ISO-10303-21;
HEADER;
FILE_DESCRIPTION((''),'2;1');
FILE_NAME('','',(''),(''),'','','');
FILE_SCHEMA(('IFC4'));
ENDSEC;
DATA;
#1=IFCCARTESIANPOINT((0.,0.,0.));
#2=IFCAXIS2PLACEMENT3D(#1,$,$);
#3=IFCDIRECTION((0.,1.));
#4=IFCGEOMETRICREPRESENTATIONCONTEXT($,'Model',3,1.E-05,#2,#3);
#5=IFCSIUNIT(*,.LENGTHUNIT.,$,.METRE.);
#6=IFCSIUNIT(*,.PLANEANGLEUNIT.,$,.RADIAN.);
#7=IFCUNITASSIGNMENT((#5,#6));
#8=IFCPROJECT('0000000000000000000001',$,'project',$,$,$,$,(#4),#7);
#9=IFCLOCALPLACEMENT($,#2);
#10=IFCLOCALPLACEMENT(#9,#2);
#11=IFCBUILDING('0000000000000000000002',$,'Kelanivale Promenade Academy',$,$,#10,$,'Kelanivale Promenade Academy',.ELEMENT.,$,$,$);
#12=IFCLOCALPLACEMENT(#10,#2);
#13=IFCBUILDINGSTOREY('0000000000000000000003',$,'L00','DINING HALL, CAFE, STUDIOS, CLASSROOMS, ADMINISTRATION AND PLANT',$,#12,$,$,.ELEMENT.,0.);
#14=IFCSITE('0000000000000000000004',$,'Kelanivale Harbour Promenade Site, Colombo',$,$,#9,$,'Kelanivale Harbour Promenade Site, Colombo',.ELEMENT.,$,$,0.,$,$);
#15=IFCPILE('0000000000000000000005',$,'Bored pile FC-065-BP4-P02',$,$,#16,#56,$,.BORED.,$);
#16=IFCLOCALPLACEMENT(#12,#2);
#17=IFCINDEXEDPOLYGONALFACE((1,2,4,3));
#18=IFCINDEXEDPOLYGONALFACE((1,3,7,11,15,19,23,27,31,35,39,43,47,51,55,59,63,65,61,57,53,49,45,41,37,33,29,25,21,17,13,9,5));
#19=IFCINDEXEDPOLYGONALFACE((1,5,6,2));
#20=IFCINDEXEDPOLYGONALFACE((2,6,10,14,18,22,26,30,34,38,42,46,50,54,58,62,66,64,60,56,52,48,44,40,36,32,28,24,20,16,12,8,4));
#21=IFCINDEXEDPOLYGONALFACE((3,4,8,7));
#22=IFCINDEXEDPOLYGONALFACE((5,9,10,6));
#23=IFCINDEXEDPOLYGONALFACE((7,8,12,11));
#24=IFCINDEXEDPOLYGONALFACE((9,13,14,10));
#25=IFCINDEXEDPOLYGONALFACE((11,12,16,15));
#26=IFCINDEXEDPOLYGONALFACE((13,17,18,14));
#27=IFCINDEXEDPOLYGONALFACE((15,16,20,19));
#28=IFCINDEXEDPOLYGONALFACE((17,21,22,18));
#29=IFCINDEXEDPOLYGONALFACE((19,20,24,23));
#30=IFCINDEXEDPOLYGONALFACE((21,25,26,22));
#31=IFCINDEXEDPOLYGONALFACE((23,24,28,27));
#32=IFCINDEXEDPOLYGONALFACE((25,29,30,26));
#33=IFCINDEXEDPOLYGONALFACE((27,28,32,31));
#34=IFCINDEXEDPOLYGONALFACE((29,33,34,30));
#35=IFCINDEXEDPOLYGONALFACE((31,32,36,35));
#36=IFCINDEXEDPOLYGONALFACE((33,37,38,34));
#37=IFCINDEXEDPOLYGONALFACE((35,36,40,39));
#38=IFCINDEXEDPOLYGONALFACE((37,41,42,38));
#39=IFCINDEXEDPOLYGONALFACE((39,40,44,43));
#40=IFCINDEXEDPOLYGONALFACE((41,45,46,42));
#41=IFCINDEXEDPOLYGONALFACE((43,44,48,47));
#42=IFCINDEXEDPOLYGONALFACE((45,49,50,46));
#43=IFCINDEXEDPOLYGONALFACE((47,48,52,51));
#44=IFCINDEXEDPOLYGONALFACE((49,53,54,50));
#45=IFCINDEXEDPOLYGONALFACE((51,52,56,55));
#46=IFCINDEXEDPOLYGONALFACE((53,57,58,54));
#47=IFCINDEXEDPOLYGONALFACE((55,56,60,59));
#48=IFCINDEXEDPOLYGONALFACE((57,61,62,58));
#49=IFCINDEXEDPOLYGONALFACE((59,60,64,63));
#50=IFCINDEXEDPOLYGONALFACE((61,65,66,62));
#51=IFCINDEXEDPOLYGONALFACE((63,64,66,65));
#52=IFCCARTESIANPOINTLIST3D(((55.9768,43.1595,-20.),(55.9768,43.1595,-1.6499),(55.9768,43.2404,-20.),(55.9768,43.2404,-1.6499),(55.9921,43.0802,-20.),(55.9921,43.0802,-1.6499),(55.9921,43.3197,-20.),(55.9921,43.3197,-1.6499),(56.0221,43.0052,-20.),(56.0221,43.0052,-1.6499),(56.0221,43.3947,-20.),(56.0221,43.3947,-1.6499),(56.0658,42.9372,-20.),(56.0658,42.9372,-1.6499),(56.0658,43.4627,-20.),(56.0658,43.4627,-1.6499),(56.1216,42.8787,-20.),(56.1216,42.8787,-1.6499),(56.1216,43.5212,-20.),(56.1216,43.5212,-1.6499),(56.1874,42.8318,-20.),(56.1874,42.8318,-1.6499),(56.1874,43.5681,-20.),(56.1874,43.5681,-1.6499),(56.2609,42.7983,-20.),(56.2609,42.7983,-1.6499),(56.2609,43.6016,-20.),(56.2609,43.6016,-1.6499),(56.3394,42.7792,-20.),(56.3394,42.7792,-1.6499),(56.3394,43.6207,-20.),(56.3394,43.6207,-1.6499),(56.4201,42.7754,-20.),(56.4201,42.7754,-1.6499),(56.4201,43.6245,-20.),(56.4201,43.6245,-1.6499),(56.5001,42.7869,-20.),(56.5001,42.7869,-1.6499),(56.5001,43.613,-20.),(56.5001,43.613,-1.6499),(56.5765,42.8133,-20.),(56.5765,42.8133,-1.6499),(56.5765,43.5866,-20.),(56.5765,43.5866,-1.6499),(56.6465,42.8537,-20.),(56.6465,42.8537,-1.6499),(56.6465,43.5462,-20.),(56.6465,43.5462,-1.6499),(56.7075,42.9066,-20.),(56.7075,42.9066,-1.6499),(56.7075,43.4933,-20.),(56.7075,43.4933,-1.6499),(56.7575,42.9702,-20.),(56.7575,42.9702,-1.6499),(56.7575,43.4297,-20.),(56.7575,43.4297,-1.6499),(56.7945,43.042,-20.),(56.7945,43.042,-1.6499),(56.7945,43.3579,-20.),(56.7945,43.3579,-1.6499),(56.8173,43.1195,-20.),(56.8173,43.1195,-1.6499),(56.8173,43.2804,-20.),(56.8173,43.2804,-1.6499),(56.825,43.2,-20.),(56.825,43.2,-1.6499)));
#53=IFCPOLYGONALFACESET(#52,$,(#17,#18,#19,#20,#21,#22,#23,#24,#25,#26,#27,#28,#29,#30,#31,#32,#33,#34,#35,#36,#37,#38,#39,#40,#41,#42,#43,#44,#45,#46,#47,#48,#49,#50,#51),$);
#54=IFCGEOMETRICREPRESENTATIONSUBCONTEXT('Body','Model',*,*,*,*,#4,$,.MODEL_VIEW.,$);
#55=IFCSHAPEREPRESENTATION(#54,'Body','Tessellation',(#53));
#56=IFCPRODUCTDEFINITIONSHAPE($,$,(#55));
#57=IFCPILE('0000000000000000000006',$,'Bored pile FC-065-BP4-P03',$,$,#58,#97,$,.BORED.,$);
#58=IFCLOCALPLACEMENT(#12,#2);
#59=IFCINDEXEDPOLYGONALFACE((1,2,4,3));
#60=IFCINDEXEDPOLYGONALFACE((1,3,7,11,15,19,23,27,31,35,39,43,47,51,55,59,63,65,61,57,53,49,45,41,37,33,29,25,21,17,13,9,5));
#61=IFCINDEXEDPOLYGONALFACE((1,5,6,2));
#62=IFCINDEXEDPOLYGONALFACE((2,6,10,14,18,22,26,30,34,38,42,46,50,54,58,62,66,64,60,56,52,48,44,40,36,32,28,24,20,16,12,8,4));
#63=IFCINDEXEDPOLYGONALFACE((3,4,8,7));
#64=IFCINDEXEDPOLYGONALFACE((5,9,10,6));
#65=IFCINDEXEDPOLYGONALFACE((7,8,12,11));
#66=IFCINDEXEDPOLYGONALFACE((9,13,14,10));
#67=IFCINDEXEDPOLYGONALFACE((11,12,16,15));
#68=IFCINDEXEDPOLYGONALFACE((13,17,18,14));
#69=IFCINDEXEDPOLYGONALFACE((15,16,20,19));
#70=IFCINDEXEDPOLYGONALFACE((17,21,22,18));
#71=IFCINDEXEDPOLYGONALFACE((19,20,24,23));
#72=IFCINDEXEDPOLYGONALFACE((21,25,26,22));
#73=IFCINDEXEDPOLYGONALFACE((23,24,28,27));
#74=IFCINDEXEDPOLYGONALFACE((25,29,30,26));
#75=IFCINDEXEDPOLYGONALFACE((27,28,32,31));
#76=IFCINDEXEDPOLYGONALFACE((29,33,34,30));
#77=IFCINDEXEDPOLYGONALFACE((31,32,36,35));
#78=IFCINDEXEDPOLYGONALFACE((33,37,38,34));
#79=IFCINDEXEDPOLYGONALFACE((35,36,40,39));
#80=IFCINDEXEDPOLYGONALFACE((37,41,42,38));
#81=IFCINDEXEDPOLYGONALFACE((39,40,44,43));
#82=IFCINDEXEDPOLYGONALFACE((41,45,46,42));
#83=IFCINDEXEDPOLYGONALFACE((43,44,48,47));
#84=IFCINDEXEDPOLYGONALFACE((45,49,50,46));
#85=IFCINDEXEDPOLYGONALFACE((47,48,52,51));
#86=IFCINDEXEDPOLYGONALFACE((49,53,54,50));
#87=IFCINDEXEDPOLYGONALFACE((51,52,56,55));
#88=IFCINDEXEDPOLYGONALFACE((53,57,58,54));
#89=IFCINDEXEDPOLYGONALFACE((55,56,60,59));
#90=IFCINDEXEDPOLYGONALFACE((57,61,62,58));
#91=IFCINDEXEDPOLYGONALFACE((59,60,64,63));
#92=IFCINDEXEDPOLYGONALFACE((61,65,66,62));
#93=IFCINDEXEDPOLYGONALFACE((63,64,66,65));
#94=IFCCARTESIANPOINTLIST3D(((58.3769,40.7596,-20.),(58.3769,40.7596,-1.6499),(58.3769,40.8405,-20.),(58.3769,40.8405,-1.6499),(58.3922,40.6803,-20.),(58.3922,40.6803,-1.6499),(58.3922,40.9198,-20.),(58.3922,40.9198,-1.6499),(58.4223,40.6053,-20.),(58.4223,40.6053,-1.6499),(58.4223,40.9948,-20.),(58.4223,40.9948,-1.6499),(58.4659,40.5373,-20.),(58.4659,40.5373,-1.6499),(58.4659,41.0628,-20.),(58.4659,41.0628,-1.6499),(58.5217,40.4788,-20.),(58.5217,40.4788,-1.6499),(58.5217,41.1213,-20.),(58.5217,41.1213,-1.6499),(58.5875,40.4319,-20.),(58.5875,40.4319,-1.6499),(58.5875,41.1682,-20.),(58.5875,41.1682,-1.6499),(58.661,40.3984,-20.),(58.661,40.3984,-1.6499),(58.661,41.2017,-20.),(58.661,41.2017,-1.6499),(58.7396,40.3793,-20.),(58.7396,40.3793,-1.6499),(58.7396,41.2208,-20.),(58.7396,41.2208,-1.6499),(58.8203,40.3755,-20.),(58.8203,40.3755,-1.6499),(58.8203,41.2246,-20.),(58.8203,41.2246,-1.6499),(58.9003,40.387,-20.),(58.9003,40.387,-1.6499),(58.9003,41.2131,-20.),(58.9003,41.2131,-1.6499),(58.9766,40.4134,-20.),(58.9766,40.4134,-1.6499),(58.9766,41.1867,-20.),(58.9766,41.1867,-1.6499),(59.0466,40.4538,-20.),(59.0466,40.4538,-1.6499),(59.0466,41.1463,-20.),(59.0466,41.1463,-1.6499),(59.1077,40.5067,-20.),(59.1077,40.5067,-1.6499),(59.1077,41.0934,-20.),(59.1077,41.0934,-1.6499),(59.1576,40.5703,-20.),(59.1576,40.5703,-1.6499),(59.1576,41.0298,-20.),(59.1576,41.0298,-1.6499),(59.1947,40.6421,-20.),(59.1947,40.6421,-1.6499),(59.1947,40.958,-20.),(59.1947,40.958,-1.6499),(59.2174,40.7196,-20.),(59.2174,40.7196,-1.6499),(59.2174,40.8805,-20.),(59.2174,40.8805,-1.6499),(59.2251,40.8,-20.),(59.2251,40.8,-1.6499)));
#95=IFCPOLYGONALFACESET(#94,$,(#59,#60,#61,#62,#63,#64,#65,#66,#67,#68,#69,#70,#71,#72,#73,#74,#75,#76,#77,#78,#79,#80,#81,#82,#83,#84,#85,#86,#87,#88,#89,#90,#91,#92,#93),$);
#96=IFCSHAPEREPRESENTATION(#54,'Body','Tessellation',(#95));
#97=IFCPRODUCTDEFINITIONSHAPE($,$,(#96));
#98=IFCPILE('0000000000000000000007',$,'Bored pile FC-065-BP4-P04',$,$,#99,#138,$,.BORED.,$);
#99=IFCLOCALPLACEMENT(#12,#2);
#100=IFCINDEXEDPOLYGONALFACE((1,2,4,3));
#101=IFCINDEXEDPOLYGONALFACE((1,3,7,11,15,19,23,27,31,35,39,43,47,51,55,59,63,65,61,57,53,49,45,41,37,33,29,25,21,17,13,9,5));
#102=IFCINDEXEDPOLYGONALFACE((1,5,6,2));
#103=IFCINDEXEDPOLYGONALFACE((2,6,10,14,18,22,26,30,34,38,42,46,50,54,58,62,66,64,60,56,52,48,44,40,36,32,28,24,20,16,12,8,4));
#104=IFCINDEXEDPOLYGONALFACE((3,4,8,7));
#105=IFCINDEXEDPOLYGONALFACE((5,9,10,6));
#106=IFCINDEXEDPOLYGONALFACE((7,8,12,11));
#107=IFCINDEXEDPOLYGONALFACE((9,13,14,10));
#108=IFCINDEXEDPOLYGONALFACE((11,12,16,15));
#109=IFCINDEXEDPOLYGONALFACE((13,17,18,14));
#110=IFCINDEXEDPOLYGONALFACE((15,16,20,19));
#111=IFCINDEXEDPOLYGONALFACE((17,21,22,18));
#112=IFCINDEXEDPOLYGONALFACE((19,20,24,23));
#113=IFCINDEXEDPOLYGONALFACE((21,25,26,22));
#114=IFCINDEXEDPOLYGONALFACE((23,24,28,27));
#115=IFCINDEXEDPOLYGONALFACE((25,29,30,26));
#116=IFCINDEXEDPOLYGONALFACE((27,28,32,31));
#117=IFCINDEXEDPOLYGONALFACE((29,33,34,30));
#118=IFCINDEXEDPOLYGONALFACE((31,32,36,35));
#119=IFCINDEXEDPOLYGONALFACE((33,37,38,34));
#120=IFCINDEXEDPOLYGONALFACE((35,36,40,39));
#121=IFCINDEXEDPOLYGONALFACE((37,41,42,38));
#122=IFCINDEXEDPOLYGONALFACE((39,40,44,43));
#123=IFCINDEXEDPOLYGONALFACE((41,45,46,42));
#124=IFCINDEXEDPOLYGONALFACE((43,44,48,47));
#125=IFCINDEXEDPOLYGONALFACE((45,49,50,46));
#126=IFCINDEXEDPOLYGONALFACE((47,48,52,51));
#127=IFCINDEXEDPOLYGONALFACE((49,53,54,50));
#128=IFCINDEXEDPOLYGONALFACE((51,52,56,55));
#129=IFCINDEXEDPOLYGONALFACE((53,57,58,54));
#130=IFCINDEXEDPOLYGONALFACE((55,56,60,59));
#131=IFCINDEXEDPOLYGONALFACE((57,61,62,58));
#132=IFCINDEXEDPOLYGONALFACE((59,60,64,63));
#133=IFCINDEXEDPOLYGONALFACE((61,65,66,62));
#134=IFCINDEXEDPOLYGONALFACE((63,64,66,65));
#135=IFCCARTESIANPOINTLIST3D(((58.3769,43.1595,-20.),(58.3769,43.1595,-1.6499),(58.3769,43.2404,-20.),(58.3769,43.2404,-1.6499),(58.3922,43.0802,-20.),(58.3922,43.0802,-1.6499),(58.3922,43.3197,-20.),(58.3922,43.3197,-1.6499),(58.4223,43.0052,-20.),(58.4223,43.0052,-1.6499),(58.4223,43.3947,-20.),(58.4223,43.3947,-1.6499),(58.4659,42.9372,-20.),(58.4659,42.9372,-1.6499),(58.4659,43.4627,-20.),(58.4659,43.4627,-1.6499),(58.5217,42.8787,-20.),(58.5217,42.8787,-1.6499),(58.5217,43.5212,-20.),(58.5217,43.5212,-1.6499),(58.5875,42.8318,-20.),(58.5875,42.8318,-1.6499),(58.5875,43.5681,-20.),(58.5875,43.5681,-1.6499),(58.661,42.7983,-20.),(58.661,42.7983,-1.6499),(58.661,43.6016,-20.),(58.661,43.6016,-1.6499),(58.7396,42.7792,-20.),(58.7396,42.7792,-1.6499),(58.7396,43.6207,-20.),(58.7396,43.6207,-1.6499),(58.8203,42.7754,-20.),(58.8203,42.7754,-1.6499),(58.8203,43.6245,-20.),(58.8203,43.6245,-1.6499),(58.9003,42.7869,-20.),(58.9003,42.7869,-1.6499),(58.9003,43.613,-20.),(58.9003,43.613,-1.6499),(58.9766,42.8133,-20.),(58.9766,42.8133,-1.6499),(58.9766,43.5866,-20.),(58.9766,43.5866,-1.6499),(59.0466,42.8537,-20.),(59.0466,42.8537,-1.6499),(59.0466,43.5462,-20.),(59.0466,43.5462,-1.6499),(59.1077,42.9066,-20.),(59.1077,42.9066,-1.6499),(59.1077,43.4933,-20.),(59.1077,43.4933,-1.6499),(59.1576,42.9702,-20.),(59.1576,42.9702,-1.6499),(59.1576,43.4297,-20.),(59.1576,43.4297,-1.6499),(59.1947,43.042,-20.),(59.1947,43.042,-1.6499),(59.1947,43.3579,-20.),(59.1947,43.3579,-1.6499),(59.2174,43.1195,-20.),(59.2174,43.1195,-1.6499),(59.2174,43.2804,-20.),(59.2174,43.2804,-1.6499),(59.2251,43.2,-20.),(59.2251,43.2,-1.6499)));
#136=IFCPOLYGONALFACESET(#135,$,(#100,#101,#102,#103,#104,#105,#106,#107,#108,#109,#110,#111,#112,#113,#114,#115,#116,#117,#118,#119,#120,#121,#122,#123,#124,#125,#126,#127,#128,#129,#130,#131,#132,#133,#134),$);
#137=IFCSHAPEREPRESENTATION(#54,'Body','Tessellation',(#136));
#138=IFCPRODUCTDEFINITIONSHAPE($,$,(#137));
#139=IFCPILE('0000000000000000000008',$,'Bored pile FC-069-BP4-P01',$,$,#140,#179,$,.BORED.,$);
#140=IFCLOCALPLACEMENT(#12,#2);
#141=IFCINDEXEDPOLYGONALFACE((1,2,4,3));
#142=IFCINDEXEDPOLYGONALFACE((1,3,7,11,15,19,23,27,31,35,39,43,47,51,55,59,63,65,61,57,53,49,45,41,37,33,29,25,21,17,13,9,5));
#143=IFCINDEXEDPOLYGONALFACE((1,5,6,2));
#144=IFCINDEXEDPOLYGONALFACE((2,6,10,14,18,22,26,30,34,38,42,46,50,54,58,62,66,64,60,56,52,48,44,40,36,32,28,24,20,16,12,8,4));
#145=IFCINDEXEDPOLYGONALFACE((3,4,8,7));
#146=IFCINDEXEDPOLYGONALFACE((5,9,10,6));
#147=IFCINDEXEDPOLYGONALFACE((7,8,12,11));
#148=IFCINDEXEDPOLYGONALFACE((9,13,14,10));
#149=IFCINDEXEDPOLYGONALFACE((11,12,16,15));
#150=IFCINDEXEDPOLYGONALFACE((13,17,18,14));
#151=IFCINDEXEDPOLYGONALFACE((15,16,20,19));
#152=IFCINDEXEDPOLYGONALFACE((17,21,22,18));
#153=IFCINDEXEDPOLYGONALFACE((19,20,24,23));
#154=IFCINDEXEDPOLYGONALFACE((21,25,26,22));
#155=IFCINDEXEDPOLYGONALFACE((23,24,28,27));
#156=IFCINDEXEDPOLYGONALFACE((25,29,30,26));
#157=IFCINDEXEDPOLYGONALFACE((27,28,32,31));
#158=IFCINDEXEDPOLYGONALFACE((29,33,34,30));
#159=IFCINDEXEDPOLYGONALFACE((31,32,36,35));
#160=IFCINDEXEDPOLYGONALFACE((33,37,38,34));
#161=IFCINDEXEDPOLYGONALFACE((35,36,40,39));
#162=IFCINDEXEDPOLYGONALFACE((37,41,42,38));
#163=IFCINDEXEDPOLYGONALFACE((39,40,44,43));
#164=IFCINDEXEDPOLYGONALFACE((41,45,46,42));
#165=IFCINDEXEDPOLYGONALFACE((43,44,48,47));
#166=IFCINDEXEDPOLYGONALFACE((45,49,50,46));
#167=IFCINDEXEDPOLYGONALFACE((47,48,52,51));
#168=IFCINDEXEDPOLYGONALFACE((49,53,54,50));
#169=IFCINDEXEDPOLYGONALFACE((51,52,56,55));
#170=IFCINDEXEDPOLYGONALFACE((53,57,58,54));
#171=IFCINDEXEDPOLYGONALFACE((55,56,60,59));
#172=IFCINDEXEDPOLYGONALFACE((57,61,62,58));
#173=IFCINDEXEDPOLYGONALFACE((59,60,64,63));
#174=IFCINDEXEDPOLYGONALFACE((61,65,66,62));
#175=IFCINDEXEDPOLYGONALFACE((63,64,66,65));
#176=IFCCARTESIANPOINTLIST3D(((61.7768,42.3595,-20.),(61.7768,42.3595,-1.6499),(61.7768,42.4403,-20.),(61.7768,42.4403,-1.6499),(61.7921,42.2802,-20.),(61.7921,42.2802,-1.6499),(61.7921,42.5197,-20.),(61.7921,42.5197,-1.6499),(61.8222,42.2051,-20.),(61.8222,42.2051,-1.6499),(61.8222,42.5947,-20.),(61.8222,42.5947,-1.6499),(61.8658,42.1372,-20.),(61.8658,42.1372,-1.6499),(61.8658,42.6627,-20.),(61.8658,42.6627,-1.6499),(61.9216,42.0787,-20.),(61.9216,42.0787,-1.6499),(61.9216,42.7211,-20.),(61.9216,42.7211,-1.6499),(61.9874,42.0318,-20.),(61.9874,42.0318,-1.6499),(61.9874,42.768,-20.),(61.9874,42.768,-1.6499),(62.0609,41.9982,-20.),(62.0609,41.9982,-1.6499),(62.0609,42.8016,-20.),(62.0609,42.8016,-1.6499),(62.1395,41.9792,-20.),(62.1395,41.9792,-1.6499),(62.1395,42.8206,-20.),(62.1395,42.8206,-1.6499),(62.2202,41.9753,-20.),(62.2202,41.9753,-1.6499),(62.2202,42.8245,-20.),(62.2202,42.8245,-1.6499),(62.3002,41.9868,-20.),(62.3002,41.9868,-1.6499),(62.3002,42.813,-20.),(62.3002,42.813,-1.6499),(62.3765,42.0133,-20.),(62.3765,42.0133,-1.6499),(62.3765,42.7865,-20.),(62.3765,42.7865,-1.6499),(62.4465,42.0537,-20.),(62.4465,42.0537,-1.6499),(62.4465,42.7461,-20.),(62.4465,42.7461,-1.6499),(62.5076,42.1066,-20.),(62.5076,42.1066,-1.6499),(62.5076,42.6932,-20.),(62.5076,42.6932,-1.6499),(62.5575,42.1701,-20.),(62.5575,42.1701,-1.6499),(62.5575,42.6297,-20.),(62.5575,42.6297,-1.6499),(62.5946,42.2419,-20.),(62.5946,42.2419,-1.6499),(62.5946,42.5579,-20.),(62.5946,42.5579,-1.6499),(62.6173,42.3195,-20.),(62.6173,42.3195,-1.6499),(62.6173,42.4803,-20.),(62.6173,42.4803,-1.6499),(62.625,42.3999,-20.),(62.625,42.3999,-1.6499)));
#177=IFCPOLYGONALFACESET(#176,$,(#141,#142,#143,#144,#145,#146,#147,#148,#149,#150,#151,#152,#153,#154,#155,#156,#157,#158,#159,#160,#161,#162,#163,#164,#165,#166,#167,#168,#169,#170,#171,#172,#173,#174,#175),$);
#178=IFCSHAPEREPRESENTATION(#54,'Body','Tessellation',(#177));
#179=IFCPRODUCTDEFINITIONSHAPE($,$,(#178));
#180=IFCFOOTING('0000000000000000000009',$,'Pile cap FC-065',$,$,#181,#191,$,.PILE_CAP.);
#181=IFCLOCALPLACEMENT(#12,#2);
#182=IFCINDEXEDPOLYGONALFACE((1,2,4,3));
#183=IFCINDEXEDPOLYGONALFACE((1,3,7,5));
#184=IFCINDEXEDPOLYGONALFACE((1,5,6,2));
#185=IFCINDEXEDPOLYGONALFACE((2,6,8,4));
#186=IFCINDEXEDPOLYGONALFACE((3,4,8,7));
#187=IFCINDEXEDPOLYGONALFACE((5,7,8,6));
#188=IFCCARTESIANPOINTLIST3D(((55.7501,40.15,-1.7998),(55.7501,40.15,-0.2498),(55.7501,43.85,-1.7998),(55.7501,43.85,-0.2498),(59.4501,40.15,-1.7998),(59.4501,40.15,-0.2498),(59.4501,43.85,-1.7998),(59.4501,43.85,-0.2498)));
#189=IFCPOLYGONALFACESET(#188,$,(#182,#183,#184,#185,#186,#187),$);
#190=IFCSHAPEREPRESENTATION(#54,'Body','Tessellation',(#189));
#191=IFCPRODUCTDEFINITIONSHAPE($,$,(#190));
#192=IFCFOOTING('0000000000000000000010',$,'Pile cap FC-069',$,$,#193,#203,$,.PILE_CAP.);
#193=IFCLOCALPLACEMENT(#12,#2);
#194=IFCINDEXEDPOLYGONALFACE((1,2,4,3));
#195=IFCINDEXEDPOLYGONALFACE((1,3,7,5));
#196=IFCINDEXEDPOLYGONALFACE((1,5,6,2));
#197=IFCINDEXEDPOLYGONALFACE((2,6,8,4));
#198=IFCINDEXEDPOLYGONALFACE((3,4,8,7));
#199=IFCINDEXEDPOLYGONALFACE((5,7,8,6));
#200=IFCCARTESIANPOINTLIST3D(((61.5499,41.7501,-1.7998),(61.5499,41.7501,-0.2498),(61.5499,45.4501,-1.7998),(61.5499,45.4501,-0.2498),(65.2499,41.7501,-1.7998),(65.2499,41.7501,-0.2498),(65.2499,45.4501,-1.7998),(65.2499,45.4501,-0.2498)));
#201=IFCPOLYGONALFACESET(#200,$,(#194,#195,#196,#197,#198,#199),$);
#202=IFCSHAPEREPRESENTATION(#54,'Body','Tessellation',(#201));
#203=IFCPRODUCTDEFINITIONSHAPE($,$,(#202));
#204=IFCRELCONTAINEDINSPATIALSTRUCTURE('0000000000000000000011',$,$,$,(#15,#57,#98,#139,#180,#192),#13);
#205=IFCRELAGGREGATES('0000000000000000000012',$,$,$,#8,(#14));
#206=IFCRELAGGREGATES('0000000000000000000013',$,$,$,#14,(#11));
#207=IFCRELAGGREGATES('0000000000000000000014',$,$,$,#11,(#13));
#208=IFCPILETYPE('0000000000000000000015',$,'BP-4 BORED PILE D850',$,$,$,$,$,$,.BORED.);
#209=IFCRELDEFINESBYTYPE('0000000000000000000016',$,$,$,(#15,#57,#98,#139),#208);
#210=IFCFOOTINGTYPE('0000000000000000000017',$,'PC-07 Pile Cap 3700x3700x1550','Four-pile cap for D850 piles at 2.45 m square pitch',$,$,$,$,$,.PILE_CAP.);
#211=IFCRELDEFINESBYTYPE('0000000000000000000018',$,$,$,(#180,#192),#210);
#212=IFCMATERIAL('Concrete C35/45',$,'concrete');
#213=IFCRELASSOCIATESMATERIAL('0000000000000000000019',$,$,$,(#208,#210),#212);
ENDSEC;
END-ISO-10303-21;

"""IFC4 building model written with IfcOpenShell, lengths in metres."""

from ifc_helpers import new_model, si_unit, direction, frame, origin, origin_2d, place, context, subcontext, project, spatial, rectangle, circle, extrude, material, material_profile, profile_set, type_object, element, save


model = new_model("IFC4")

# Units and contexts
model_context = context("Model", 3, precision=1e-05, world=origin(), true_north=direction((0.0, 1.0)))
body_context = subcontext(model_context, "Body", "Model", "MODEL_VIEW")
ifc_project = project(units=[si_unit("LENGTHUNIT", "METRE"), si_unit("PLANEANGLEUNIT", "RADIAN")], contexts=[model_context])

# Site, building, storey
site_placement = place(None, origin())
site = spatial("IfcSite", under=ifc_project, at=site_placement, Name="Kelanivale Harbour Promenade Site, Colombo", LongName="Kelanivale Harbour Promenade Site, Colombo", CompositionType="ELEMENT", RefElevation=0.0)
building_placement = place(site_placement, origin())
building = spatial("IfcBuilding", under=site, at=building_placement, Name="Kelanivale Promenade Academy", LongName="Kelanivale Promenade Academy", CompositionType="ELEMENT")
storey_placement = place(building_placement, origin())
storey = spatial("IfcBuildingStorey", under=building, at=storey_placement, Name="L00", Description="DINING HALL, CAFE, STUDIOS, CLASSROOMS, ADMINISTRATION AND PLANT", CompositionType="ELEMENT", Elevation=0.0)

# Piles
ifc_material_1 = material(Name="Concrete C35/45", Category="concrete")
ifc_material_profile_1 = material_profile(ifc_material_1, circle(Radius=0.425, at=origin_2d()), Name="BORED PILE D850")
ifc_profile_set_1 = profile_set([ifc_material_profile_1], Name="Concrete C35/45")
pile_type_1 = type_object("IfcPileType", Name="BP-4 BORED PILE D850", PredefinedType="BORED", material=ifc_profile_set_1)
for number, where, z_axis, x_axis, name in (
    (1, (56.3999, 43.2, -1.6499), (0.0, 0.0, -1.0), (1.0, 0.0, 0.0), "Bored pile FC-065-BP4-P02"),
    (2, (58.8, 40.8, -1.6499), (0.0, 0.0, -1.0), (1.0, 0.0, 0.0), "Bored pile FC-065-BP4-P03"),
    (3, (58.8, 43.2, -1.6499), (0.0, 0.0, -1.0), (1.0, 0.0, 0.0), "Bored pile FC-065-BP4-P04"),
    (4, (62.2, 42.3999, -1.6499), (0.0, 0.0, -1.0), (1.0, 0.0, 0.0), "Bored pile FC-069-BP4-P01"),
):
    element("IfcPile", number, at=place(storey_placement, frame(where, z_axis=z_axis, x_axis=x_axis)), inside=storey, type_object=pile_type_1, Name=name, PredefinedType="BORED", context=body_context, shape_type="SweptSolid", body=[
        extrude(circle(Radius=0.425, at=origin_2d()), origin(), (0.0, 0.0, 1.0), 18.3501),
    ])

# Footings
footing_type = type_object("IfcFootingType", Name="PC-07 Pile Cap 3700x3700x1550", Description="Four-pile cap for D850 piles at 2.45 m square pitch", PredefinedType="PILE_CAP", material=ifc_material_1)
for number, where, z_axis, x_axis, name in (
    (5, (57.6001, 42.0, -1.7998), (0.0, 0.0, 1.0), (1.0, 0.0, 0.0), "Pile cap FC-065"),
    (6, (63.3999, 43.6001, -1.7998), (0.0, 0.0, 1.0), (1.0, 0.0, 0.0), "Pile cap FC-069"),
):
    element("IfcFooting", number, at=place(storey_placement, frame(where, z_axis=z_axis, x_axis=x_axis)), inside=storey, type_object=footing_type, Name=name, PredefinedType="PILE_CAP", context=body_context, shape_type="SweptSolid", body=[
        extrude(rectangle(XDim=3.7, YDim=3.7, at=origin_2d()), origin(), (0.0, 0.0, 1.0), 1.55),
    ])

save(model, "model.ifc")
